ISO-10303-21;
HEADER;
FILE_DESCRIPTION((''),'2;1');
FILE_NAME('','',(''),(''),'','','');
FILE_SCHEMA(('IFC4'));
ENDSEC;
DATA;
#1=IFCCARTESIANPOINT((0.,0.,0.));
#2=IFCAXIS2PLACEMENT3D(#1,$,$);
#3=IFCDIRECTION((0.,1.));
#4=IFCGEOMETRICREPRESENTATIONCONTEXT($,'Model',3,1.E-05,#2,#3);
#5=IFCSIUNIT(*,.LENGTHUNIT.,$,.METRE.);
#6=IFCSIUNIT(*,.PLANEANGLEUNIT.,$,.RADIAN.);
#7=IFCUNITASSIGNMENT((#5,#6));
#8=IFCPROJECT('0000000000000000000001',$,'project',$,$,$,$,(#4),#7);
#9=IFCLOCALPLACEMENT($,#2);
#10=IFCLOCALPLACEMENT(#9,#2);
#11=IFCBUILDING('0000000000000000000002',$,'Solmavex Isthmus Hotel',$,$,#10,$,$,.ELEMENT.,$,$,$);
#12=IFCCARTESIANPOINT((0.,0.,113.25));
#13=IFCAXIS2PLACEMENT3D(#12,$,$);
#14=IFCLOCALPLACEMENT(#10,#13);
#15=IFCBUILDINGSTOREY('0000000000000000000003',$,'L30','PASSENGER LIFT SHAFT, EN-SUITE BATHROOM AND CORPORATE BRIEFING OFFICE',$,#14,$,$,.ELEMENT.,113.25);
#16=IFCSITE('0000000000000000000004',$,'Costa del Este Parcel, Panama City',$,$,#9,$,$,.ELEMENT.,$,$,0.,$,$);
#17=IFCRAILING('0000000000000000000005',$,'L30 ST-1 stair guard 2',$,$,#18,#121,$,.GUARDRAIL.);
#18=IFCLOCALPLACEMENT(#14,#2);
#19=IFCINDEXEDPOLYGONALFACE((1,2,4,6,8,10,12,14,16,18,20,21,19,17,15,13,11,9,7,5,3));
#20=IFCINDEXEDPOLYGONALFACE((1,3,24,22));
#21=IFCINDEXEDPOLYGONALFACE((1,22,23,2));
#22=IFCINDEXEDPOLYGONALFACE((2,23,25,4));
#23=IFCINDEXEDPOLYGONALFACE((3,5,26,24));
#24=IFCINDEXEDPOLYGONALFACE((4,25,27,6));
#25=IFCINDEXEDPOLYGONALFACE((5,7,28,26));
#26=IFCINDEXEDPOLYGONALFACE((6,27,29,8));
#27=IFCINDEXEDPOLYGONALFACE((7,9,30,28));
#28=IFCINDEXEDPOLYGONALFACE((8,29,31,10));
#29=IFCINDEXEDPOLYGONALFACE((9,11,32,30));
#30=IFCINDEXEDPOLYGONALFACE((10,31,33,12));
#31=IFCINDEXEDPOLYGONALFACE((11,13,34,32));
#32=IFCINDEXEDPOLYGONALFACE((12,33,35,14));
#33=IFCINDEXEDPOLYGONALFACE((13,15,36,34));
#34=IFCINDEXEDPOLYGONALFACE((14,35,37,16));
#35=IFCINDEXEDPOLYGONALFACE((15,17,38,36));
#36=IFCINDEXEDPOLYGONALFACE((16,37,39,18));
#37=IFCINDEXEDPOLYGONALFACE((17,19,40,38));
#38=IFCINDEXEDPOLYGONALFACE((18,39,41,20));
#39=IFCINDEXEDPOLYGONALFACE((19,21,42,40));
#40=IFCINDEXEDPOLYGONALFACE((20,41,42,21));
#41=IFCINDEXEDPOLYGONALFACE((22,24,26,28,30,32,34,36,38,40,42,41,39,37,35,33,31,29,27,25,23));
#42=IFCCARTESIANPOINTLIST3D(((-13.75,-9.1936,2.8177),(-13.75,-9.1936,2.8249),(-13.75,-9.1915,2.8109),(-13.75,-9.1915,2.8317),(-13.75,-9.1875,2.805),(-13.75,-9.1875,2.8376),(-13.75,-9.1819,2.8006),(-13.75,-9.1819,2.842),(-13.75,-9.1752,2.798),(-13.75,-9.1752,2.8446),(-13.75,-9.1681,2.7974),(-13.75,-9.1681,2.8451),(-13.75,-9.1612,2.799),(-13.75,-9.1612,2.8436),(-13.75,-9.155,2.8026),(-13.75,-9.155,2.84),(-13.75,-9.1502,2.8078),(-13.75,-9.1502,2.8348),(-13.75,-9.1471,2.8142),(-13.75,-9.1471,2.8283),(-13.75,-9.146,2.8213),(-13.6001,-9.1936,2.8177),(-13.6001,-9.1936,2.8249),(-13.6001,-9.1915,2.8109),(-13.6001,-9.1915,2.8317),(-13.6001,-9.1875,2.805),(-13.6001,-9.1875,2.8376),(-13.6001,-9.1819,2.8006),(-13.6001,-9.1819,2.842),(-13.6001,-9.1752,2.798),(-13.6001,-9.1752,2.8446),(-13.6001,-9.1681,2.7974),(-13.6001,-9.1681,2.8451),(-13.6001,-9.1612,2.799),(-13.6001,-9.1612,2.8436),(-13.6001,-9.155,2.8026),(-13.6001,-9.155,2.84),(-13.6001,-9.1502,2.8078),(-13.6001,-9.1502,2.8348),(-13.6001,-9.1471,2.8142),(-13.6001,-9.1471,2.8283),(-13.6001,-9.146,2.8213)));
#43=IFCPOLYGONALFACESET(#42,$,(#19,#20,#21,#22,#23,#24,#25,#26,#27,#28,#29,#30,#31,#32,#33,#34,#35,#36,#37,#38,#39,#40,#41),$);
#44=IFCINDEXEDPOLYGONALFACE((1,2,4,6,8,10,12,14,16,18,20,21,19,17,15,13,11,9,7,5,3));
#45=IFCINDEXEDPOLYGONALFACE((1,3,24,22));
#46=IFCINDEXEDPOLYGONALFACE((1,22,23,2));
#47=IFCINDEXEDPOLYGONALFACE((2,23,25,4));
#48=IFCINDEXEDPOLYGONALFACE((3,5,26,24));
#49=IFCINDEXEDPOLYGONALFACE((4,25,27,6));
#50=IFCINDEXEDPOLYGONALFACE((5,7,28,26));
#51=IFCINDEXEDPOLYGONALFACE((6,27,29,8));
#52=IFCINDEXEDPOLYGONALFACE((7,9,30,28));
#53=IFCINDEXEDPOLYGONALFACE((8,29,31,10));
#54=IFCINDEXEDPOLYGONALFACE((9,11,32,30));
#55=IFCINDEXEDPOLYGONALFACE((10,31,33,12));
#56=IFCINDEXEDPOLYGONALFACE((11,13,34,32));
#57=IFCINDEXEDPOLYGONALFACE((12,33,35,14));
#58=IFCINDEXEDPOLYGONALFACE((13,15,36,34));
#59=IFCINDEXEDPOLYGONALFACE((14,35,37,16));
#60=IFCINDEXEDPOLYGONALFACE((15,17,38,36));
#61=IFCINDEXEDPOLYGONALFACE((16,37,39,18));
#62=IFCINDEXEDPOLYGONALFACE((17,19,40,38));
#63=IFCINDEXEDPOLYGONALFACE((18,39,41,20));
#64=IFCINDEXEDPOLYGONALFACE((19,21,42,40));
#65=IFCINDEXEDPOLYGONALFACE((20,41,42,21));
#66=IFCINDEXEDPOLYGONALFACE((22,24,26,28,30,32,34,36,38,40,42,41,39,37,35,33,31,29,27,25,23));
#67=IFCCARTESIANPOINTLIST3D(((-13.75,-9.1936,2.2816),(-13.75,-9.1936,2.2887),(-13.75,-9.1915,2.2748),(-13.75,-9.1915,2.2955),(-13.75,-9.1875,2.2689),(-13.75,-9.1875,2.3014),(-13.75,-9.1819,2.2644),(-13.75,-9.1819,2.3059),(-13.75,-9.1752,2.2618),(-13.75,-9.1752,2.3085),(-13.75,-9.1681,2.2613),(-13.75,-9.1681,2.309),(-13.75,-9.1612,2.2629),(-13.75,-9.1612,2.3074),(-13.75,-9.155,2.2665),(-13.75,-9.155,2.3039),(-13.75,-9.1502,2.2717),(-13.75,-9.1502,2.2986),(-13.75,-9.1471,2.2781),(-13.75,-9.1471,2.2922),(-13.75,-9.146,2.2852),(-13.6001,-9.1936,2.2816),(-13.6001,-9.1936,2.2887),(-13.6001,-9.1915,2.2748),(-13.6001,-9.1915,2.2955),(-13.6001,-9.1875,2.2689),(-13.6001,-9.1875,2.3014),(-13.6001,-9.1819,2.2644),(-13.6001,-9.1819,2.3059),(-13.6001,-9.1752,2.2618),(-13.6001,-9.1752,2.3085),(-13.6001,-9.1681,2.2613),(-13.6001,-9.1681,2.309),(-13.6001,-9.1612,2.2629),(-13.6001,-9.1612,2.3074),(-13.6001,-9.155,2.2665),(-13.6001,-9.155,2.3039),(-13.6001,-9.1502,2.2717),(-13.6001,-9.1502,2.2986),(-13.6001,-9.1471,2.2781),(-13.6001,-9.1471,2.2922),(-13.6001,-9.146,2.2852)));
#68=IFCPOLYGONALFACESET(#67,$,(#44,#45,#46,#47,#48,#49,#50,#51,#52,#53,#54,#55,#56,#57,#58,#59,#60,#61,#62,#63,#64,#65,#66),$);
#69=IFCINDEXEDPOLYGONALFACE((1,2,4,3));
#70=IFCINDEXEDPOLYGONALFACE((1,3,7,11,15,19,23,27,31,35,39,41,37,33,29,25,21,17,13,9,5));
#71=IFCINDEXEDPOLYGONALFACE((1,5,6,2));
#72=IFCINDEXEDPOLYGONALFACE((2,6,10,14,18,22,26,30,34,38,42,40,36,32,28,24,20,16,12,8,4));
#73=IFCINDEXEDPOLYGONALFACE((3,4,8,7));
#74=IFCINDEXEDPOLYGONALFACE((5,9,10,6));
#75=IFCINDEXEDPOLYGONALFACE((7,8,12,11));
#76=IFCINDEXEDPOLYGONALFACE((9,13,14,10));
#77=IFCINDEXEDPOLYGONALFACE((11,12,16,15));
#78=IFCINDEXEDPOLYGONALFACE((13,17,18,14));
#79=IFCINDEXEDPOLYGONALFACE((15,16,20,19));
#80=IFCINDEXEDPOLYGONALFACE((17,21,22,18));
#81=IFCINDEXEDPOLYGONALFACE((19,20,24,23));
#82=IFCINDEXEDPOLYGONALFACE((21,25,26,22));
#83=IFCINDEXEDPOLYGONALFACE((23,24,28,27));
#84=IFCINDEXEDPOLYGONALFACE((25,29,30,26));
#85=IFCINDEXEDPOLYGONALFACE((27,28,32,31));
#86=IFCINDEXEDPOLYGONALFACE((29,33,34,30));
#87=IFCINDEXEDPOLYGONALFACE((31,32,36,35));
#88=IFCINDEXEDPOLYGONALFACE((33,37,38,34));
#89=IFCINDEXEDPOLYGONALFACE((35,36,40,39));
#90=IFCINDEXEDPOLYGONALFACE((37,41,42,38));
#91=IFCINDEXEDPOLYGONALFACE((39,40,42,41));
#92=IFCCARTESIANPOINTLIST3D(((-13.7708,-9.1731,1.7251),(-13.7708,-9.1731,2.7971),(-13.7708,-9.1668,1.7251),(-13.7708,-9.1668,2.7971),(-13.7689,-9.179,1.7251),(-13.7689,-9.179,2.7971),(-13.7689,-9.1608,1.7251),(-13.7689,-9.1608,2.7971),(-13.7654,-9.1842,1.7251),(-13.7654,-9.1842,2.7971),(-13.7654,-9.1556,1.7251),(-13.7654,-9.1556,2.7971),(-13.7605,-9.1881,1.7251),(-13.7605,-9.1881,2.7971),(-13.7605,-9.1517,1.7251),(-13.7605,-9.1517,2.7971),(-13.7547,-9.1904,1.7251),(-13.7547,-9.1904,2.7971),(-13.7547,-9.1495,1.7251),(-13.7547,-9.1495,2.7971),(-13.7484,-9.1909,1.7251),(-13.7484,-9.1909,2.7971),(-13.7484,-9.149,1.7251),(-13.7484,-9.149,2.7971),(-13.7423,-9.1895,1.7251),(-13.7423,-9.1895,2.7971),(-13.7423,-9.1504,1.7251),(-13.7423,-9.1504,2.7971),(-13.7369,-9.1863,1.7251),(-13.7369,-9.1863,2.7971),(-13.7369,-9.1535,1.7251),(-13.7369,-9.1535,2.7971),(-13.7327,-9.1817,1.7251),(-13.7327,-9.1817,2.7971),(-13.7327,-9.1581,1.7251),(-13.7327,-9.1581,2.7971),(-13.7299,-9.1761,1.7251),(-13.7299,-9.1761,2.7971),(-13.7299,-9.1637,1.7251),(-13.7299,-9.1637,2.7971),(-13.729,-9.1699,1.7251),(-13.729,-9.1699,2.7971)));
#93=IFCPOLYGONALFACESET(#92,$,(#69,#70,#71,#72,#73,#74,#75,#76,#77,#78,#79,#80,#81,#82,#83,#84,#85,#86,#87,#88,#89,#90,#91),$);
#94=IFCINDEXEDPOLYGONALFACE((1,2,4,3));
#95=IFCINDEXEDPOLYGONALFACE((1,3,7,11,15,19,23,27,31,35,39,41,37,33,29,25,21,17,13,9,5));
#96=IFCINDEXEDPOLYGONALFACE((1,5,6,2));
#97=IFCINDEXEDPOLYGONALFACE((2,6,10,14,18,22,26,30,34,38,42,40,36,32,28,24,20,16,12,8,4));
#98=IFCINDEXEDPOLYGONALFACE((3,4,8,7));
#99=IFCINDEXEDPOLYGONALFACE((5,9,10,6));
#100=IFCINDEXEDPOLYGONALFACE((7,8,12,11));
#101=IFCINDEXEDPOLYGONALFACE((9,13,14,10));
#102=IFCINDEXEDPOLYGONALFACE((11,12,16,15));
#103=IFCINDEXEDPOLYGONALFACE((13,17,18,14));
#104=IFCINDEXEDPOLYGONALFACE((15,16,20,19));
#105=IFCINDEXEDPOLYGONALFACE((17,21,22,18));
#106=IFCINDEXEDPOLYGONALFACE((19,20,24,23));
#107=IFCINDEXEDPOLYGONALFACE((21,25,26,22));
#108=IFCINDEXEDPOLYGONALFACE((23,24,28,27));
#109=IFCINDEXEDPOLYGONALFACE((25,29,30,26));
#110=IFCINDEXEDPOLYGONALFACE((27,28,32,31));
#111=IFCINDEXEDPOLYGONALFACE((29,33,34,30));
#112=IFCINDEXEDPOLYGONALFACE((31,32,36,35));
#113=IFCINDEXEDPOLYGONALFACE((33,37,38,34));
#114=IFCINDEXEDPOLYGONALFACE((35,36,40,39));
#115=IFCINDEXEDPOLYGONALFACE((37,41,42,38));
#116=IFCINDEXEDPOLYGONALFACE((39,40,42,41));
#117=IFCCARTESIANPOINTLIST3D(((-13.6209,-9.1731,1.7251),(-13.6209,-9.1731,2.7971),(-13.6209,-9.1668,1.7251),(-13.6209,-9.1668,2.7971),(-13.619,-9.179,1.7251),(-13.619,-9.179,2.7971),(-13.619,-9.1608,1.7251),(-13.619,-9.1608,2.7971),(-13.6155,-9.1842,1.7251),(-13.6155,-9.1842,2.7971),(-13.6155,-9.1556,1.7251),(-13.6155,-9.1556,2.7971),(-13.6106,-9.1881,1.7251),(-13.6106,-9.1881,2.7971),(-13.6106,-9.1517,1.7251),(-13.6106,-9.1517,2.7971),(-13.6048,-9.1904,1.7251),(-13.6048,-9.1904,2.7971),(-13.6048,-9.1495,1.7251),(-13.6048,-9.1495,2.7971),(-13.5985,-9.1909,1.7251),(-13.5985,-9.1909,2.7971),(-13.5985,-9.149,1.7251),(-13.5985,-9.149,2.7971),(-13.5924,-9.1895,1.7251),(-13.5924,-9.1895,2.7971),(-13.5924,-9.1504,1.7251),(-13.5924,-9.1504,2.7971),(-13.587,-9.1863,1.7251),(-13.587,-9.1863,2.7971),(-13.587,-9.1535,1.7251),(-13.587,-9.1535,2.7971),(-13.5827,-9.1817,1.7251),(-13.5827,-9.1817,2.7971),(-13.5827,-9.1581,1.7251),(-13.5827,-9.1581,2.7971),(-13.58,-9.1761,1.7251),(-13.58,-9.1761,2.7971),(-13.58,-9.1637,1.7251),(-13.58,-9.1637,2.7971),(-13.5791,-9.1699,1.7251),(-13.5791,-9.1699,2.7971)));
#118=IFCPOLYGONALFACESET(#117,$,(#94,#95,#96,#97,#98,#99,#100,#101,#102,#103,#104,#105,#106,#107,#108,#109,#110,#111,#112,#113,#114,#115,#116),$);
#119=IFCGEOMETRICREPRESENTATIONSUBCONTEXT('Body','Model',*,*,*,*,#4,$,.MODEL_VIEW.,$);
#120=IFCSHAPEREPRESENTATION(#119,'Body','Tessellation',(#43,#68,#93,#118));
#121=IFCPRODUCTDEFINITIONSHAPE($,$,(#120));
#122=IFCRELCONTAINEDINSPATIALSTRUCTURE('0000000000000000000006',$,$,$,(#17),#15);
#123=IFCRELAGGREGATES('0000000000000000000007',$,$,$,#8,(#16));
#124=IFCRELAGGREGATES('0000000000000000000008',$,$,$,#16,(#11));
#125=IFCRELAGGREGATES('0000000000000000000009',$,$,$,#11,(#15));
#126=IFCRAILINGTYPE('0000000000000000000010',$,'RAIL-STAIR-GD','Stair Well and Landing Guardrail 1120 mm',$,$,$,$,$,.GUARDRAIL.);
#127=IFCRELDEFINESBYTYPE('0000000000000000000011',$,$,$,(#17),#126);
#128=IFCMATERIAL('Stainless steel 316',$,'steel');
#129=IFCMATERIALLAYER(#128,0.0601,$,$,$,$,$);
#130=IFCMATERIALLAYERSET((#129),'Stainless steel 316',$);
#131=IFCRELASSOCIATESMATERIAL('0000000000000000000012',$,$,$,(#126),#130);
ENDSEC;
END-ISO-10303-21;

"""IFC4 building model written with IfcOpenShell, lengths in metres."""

from ifc_helpers import new_model, si_unit, direction, frame, origin, origin_2d, place, context, subcontext, project, spatial, circle, extrude, material, layer, layer_set, type_object, element, save


model = new_model("IFC4")

# Units and contexts
model_context = context("Model", 3, precision=1e-05, world=origin(), true_north=direction((0.0, 1.0)))
body_context = subcontext(model_context, "Body", "Model", "MODEL_VIEW")
ifc_project = project(units=[si_unit("LENGTHUNIT", "METRE"), si_unit("PLANEANGLEUNIT", "RADIAN")], contexts=[model_context])

# Site, building, storey
site_placement = place(None, origin())
site = spatial("IfcSite", under=ifc_project, at=site_placement, Name="Costa del Este Parcel, Panama City", CompositionType="ELEMENT", RefElevation=0.0)
building_placement = place(site_placement, origin())
building = spatial("IfcBuilding", under=site, at=building_placement, Name="Solmavex Isthmus Hotel", CompositionType="ELEMENT")
storey_placement = place(building_placement, frame((0.0, 0.0, 113.25)))
storey = spatial("IfcBuildingStorey", under=building, at=storey_placement, Name="L30", Description="PASSENGER LIFT SHAFT, EN-SUITE BATHROOM AND CORPORATE BRIEFING OFFICE", CompositionType="ELEMENT", Elevation=113.25)

# Shared definitions
ifc_material_1 = material(Name="Stainless steel 316", Category="steel")

# Railing
ifc_layer_1 = layer(ifc_material_1, 0.0601)
ifc_layer_set_1 = layer_set([ifc_layer_1], Name="Stainless steel 316")
railing_type_1 = type_object("IfcRailingType", Name="RAIL-STAIR-GD", Description="Stair Well and Landing Guardrail 1120 mm", PredefinedType="GUARDRAIL", material=ifc_layer_set_1)
railing_1_placement = place(storey_placement, frame((-13.75, -9.1699, 1.7251)))
element("IfcRailing", 1, at=railing_1_placement, inside=storey, type_object=railing_type_1, Name="L30 ST-1 stair guard 2", PredefinedType="GUARDRAIL", context=body_context, shape_type="SweptSolid", body=[
    extrude(circle(Radius=0.0239, at=origin_2d()), frame((0.0, 0.0, 1.0962), z_axis=(1.0, 0.0, 0.0), x_axis=(0.0, 1.0, 0.0)), (0.0, 0.0, 1.0), 0.1499),
    extrude(circle(Radius=0.0239, at=origin_2d()), frame((0.0, 0.0, 0.5601), z_axis=(1.0, 0.0, 0.0), x_axis=(0.0, 1.0, 0.0)), (0.0, 0.0, 1.0), 0.1499),
    extrude(circle(Radius=0.021, at=origin_2d()), origin(), (0.0, 0.0, 1.0), 1.072),
    extrude(circle(Radius=0.021, at=origin_2d()), frame((0.1499, 0.0, 0.0)), (0.0, 0.0, 1.0), 1.072),
])

save(model, "model.ifc")
